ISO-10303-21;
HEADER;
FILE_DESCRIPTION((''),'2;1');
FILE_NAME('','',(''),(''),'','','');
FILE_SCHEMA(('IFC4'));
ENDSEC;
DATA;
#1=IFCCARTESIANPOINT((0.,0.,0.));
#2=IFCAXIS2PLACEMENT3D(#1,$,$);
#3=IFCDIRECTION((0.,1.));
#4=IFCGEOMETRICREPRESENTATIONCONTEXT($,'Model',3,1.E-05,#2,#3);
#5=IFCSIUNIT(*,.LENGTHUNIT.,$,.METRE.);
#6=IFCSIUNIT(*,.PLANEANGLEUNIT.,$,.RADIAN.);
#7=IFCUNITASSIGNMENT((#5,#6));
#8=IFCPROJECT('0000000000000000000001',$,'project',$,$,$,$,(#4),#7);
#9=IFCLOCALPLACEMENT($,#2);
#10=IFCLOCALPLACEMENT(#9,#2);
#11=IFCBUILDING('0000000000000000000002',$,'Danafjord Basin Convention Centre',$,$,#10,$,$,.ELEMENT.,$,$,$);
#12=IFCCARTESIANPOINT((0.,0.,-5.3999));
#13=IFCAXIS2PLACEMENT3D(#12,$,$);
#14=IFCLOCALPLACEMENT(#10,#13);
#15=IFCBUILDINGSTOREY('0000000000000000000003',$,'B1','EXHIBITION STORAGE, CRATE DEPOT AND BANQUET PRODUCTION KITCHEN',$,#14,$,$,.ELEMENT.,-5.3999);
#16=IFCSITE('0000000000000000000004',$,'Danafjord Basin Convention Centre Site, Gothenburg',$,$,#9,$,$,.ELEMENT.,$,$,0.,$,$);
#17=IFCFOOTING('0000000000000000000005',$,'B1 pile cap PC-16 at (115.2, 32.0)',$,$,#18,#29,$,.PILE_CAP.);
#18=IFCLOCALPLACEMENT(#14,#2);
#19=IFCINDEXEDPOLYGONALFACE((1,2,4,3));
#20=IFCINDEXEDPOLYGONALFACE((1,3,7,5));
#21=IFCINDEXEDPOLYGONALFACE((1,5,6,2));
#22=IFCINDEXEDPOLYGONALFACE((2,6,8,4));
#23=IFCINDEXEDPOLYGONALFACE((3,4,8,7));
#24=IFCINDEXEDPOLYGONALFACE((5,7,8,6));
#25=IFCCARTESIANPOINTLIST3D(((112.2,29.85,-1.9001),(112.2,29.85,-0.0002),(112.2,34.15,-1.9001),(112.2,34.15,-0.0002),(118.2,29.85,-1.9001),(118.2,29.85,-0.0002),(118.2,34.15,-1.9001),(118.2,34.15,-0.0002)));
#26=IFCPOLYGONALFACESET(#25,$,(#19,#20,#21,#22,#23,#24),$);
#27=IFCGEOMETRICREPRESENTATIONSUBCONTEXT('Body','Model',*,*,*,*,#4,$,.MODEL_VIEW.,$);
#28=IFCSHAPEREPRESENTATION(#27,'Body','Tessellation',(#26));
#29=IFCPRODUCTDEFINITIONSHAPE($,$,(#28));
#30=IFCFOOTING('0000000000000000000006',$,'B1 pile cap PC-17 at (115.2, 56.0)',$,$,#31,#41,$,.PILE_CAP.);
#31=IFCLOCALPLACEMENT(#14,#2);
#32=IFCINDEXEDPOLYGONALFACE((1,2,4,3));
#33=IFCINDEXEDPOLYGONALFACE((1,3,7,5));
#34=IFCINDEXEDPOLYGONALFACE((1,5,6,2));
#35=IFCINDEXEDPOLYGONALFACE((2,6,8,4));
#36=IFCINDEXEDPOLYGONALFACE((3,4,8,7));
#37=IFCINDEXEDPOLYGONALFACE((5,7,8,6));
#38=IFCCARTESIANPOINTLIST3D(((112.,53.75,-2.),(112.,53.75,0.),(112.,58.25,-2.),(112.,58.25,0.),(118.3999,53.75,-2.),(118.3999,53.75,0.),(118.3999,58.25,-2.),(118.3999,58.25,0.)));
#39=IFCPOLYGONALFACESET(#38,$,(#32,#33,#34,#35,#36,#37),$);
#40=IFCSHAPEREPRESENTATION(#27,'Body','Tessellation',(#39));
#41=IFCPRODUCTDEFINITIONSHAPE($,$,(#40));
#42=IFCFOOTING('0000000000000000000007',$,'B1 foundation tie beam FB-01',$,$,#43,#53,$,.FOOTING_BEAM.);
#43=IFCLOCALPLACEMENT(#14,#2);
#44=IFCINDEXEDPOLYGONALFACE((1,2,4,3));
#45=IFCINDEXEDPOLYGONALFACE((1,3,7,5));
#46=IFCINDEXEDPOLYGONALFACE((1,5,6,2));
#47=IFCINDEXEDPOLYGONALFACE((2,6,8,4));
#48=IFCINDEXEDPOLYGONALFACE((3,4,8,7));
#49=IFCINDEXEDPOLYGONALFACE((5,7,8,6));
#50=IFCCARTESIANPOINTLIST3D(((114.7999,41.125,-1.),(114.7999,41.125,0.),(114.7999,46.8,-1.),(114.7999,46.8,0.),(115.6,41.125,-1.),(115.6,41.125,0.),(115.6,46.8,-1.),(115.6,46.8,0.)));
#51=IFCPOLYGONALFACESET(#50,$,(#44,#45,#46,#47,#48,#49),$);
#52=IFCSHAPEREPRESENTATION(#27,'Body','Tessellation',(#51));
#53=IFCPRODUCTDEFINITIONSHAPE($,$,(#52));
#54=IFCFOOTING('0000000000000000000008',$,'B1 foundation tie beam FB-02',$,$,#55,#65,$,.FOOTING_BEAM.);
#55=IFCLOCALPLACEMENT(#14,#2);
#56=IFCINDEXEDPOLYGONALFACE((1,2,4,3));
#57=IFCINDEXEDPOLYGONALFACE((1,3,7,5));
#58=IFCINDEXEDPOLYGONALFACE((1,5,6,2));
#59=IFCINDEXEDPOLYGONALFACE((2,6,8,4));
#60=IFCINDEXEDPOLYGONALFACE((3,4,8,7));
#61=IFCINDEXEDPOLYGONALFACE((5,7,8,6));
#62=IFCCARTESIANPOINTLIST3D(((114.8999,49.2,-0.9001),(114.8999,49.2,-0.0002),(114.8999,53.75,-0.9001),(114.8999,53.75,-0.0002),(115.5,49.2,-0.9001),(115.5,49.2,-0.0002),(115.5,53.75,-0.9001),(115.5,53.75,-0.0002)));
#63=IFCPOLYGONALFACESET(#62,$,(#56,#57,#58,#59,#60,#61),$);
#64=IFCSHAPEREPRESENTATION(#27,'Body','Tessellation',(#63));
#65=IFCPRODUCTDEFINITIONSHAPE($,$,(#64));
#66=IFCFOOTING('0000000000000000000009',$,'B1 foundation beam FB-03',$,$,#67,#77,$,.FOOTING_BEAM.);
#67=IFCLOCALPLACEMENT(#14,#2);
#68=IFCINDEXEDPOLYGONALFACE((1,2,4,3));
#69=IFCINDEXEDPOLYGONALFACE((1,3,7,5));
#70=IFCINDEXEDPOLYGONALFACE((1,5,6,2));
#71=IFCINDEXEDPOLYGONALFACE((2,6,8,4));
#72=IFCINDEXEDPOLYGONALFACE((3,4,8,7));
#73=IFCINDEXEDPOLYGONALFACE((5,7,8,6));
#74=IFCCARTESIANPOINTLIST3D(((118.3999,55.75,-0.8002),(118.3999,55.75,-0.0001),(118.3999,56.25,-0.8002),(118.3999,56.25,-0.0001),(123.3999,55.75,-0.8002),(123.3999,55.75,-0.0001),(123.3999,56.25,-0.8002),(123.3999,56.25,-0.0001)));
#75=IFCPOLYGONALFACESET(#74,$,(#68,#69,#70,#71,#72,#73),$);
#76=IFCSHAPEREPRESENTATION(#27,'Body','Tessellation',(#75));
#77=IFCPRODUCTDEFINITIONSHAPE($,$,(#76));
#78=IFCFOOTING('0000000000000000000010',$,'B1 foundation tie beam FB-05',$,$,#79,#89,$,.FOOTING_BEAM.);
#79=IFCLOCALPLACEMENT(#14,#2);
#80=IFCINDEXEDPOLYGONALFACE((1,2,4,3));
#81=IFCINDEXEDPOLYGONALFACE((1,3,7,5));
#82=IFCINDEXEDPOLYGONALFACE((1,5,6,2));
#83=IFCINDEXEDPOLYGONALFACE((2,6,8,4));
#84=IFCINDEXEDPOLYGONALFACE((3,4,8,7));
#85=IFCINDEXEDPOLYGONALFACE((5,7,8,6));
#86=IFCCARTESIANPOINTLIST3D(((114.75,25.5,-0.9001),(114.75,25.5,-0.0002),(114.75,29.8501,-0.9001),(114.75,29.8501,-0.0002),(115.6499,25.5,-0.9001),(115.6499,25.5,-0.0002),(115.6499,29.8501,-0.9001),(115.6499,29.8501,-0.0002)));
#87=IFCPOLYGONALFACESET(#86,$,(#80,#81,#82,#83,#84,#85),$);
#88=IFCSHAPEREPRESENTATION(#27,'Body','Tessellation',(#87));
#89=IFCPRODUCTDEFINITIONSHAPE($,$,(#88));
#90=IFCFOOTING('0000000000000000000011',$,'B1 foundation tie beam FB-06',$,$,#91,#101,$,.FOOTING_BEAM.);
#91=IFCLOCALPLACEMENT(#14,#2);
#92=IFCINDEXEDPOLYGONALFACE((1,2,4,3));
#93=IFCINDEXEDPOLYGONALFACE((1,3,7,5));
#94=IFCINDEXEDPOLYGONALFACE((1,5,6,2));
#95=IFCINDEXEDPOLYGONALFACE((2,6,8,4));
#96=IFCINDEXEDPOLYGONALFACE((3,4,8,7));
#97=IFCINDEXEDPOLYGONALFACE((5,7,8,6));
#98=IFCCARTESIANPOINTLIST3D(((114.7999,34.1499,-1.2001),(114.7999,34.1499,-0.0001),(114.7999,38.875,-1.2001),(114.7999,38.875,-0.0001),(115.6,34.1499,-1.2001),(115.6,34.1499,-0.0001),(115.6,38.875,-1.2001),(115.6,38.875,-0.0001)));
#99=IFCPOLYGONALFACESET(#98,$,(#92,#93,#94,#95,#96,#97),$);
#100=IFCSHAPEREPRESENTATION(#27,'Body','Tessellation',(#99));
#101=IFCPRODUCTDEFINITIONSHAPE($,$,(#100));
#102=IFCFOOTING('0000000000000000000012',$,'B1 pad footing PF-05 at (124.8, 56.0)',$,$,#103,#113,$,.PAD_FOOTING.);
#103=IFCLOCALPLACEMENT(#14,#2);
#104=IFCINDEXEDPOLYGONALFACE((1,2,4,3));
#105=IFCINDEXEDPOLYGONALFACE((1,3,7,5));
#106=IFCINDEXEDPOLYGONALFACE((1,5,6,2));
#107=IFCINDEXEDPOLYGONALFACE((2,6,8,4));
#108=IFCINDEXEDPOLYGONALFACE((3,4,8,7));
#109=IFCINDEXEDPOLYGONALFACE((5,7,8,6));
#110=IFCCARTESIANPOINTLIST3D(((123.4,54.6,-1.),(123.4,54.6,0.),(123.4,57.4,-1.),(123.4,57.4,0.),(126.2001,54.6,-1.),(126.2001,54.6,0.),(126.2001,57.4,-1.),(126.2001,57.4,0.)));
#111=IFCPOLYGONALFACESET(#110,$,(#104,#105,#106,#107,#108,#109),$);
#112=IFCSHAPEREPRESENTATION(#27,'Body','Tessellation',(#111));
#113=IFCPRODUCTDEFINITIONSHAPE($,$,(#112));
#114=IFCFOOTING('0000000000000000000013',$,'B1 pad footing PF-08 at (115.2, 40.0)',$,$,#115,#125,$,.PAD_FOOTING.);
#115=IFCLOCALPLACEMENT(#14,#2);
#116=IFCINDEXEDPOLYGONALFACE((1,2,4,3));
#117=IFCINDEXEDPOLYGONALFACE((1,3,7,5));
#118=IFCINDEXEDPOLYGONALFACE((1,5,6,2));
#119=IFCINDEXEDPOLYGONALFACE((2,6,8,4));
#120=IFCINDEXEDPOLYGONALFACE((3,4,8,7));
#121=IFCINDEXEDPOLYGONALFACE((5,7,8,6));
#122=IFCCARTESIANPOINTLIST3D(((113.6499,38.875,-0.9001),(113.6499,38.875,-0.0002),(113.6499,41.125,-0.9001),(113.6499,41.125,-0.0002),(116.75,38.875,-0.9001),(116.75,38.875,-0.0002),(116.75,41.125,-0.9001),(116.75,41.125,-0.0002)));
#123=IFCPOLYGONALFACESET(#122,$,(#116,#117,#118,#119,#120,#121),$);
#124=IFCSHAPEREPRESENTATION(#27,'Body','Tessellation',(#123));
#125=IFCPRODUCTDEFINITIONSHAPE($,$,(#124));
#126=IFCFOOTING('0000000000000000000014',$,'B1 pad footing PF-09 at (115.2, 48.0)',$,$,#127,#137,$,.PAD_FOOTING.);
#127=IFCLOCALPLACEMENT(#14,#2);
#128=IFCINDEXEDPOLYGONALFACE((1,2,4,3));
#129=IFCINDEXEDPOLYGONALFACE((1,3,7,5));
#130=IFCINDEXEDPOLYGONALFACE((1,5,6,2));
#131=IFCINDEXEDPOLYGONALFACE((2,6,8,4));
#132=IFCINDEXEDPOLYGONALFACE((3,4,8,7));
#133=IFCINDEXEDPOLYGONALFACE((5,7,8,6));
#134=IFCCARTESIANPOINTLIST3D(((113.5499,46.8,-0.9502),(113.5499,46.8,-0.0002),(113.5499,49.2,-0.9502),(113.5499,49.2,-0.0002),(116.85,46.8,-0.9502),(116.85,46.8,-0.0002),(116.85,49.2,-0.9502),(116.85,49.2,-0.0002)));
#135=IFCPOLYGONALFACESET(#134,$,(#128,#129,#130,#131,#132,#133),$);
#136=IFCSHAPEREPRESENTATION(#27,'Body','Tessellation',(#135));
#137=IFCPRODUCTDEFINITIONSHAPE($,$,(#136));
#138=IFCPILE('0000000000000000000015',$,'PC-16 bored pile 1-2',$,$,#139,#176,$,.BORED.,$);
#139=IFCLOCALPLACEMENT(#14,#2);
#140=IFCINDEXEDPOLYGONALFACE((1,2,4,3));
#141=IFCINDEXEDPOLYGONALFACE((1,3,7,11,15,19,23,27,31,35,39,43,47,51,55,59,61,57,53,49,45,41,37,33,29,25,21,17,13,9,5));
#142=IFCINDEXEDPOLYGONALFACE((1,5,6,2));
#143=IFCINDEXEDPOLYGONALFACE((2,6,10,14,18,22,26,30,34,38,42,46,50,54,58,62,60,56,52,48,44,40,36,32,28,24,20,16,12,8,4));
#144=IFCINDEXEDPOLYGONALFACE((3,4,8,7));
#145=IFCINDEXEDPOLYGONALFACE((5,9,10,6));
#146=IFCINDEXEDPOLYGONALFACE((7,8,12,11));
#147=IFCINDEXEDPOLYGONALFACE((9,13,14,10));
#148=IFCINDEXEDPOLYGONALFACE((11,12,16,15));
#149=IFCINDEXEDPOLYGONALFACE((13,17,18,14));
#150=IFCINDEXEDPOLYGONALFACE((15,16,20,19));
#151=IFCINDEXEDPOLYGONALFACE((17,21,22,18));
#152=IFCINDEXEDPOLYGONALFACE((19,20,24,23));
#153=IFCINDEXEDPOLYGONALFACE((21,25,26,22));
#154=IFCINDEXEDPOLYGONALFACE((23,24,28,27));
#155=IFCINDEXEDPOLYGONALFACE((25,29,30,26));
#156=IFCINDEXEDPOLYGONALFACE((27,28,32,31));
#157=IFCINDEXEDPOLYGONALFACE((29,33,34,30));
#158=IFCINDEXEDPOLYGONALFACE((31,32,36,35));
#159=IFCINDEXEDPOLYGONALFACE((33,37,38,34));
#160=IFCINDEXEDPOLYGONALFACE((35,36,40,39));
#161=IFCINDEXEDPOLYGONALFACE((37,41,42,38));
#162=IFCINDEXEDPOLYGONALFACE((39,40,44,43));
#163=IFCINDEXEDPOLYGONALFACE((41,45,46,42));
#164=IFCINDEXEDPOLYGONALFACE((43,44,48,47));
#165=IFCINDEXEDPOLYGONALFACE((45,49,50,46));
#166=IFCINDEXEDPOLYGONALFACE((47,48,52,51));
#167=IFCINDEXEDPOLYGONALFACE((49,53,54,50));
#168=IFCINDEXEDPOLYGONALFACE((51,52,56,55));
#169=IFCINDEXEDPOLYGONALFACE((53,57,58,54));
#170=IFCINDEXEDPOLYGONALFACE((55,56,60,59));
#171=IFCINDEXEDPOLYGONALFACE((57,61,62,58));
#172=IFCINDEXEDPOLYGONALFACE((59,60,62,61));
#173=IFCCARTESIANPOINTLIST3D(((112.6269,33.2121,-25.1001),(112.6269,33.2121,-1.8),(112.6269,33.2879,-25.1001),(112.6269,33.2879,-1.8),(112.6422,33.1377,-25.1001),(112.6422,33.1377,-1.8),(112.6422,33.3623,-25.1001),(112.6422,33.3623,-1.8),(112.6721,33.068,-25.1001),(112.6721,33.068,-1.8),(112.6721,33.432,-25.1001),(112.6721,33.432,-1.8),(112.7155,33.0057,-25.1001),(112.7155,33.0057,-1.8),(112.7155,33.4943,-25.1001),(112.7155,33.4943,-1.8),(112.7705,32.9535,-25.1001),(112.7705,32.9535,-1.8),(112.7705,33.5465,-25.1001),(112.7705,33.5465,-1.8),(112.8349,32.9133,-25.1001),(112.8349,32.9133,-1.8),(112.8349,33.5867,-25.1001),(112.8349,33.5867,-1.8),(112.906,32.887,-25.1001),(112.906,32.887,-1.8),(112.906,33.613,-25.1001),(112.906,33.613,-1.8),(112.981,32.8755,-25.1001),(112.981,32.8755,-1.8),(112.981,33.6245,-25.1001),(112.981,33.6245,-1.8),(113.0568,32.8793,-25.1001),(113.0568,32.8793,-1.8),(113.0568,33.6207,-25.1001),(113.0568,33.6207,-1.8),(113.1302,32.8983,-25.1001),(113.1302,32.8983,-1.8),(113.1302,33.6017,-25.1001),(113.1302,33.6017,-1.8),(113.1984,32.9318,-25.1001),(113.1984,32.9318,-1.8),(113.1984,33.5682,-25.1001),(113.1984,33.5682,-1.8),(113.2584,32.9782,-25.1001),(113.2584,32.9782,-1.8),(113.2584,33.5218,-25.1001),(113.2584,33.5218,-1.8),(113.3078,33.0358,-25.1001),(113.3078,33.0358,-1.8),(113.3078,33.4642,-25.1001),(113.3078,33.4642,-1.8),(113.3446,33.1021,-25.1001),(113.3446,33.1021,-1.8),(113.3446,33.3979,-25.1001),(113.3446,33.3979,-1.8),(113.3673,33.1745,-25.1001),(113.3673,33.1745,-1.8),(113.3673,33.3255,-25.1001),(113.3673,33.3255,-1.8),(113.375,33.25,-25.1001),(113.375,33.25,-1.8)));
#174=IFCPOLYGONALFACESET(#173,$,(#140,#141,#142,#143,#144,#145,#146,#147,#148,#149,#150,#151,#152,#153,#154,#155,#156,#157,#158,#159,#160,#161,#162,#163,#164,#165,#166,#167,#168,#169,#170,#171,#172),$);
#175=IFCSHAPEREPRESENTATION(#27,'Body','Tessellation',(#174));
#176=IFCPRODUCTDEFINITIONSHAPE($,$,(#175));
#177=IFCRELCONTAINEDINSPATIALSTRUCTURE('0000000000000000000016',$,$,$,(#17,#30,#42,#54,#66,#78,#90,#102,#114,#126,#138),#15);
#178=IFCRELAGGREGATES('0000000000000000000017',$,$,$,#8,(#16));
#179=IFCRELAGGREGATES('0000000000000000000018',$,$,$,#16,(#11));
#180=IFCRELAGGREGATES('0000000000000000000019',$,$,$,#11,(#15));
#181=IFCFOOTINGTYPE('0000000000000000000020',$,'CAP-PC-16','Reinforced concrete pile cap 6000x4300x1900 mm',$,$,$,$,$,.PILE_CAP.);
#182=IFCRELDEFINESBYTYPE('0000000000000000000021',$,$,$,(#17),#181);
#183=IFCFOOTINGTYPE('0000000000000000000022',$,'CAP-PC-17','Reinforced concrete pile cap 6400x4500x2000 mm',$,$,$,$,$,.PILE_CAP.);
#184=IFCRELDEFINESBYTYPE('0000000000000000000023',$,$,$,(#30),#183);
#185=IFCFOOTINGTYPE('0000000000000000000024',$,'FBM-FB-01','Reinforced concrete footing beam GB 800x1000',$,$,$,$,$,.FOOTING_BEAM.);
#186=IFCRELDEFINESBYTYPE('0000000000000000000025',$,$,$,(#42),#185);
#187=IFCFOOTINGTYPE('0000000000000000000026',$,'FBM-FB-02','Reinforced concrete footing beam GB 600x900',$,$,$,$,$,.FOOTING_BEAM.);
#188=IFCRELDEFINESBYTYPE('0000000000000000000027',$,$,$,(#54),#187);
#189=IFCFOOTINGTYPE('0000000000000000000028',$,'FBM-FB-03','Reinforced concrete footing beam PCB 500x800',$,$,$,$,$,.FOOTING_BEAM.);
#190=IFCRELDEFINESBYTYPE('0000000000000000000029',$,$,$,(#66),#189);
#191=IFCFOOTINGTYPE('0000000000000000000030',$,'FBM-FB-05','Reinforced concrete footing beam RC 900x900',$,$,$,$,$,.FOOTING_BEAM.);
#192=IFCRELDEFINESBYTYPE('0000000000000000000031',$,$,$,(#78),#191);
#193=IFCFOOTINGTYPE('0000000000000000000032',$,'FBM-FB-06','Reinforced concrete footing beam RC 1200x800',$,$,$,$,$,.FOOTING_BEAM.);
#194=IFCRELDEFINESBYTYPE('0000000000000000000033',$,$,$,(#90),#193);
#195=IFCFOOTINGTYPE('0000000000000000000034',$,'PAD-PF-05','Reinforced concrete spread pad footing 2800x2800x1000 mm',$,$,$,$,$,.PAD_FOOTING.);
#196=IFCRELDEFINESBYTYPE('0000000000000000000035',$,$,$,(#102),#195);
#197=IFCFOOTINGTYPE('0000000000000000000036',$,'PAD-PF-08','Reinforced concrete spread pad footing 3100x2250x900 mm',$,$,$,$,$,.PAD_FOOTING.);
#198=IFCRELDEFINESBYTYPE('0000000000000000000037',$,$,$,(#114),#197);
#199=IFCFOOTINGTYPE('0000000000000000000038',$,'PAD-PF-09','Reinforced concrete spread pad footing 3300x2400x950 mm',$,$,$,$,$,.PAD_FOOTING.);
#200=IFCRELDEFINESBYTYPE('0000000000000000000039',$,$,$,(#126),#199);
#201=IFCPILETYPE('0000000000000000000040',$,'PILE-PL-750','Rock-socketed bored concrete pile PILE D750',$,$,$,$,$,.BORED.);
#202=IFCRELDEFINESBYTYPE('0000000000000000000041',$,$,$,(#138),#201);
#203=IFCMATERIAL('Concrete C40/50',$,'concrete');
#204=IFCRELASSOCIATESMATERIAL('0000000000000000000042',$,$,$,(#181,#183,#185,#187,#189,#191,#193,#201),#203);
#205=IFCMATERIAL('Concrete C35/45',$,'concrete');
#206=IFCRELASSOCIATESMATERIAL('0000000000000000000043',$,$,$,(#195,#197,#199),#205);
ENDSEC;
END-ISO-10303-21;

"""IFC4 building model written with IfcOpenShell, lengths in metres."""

from ifc_helpers import new_model, si_unit, direction, frame, origin, origin_2d, place, context, subcontext, project, spatial, rectangle, circle, extrude, material, material_profile, profile_set, type_object, element, save


model = new_model("IFC4")

# Units and contexts
model_context = context("Model", 3, precision=1e-05, world=origin(), true_north=direction((0.0, 1.0)))
body_context = subcontext(model_context, "Body", "Model", "MODEL_VIEW")
ifc_project = project(units=[si_unit("LENGTHUNIT", "METRE"), si_unit("PLANEANGLEUNIT", "RADIAN")], contexts=[model_context])

# Site, building, storey
site_placement = place(None, origin())
site = spatial("IfcSite", under=ifc_project, at=site_placement, Name="Danafjord Basin Convention Centre Site, Gothenburg", CompositionType="ELEMENT", RefElevation=0.0)
building_placement = place(site_placement, origin())
building = spatial("IfcBuilding", under=site, at=building_placement, Name="Danafjord Basin Convention Centre", CompositionType="ELEMENT")
storey_placement = place(building_placement, frame((0.0, 0.0, -5.3999)))
storey = spatial("IfcBuildingStorey", under=building, at=storey_placement, Name="B1", Description="EXHIBITION STORAGE, CRATE DEPOT AND BANQUET PRODUCTION KITCHEN", CompositionType="ELEMENT", Elevation=-5.3999)

# Footings
ifc_material_1 = material(Name="Concrete C40/50", Category="concrete")
footing_type_1 = type_object("IfcFootingType", Name="CAP-PC-16", Description="Reinforced concrete pile cap 6000x4300x1900 mm", PredefinedType="PILE_CAP", material=ifc_material_1)
footing_1_placement = place(storey_placement, frame((115.2, 32.0, -1.9001), z_axis=(0.0, 0.0, 1.0), x_axis=(1.0, 0.0, 0.0)))
element("IfcFooting", 1, at=footing_1_placement, inside=storey, type_object=footing_type_1, Name="B1 pile cap PC-16 at (115.2, 32.0)", PredefinedType="PILE_CAP", context=body_context, shape_type="SweptSolid", body=[
    extrude(rectangle(XDim=6.0, YDim=4.3, at=origin_2d()), origin(), (0.0, 0.0, 1.0), 1.8999),
])
footing_type_2 = type_object("IfcFootingType", Name="CAP-PC-17", Description="Reinforced concrete pile cap 6400x4500x2000 mm", PredefinedType="PILE_CAP", material=ifc_material_1)
footing_2_placement = place(storey_placement, frame((115.2, 56.0, -2.0), z_axis=(0.0, 0.0, 1.0), x_axis=(1.0, 0.0, 0.0)))
element("IfcFooting", 2, at=footing_2_placement, inside=storey, type_object=footing_type_2, Name="B1 pile cap PC-17 at (115.2, 56.0)", PredefinedType="PILE_CAP", context=body_context, shape_type="SweptSolid", body=[
    extrude(rectangle(XDim=6.3999, YDim=4.5, at=origin_2d()), origin(), (0.0, 0.0, 1.0), 2.0),
])
ifc_material_profile_1 = material_profile(ifc_material_1, rectangle(XDim=0.8, YDim=1.0, at=origin_2d()), Name="GB 800x1000")
ifc_profile_set_1 = profile_set([ifc_material_profile_1], Name="Concrete C40/50")
footing_type_3 = type_object("IfcFootingType", Name="FBM-FB-01", Description="Reinforced concrete footing beam GB 800x1000", PredefinedType="FOOTING_BEAM", material=ifc_profile_set_1)
footing_3_placement = place(storey_placement, frame((115.2, 41.125, -0.5), z_axis=(0.0, 1.0, 0.0), x_axis=(-1.0, 0.0, 0.0)))
element("IfcFooting", 3, at=footing_3_placement, inside=storey, type_object=footing_type_3, Name="B1 foundation tie beam FB-01", PredefinedType="FOOTING_BEAM", context=body_context, shape_type="SweptSolid", body=[
    extrude(rectangle(XDim=0.8, YDim=1.0, at=origin_2d()), origin(), (0.0, 0.0, 1.0), 5.675),
])
ifc_material_profile_2 = material_profile(ifc_material_1, rectangle(XDim=0.6001, YDim=0.8999, at=origin_2d()), Name="GB 600x900")
ifc_profile_set_2 = profile_set([ifc_material_profile_2], Name="Concrete C40/50")
footing_type_4 = type_object("IfcFootingType", Name="FBM-FB-02", Description="Reinforced concrete footing beam GB 600x900", PredefinedType="FOOTING_BEAM", material=ifc_profile_set_2)
footing_4_placement = place(storey_placement, frame((115.2, 49.2, -0.4502), z_axis=(0.0, 1.0, 0.0), x_axis=(-1.0, 0.0, 0.0)))
element("IfcFooting", 4, at=footing_4_placement, inside=storey, type_object=footing_type_4, Name="B1 foundation tie beam FB-02", PredefinedType="FOOTING_BEAM", context=body_context, shape_type="SweptSolid", body=[
    extrude(rectangle(XDim=0.6001, YDim=0.8999, at=origin_2d()), origin(), (0.0, 0.0, 1.0), 4.55),
])
ifc_material_profile_3 = material_profile(ifc_material_1, rectangle(XDim=0.5, YDim=0.8, at=origin_2d()), Name="PCB 500x800")
ifc_profile_set_3 = profile_set([ifc_material_profile_3], Name="Concrete C40/50")
footing_type_5 = type_object("IfcFootingType", Name="FBM-FB-03", Description="Reinforced concrete footing beam PCB 500x800", PredefinedType="FOOTING_BEAM", material=ifc_profile_set_3)
footing_5_placement = place(storey_placement, frame((118.3999, 56.0, -0.4001), z_axis=(1.0, 0.0, 0.0), x_axis=(0.0, 1.0, 0.0)))
element("IfcFooting", 5, at=footing_5_placement, inside=storey, type_object=footing_type_5, Name="B1 foundation beam FB-03", PredefinedType="FOOTING_BEAM", context=body_context, shape_type="SweptSolid", body=[
    extrude(rectangle(XDim=0.5, YDim=0.8, at=origin_2d()), origin(), (0.0, 0.0, 1.0), 5.0),
])
ifc_material_profile_4 = material_profile(ifc_material_1, rectangle(XDim=0.8999, YDim=0.8999, at=origin_2d()), Name="RC 900x900")
ifc_profile_set_4 = profile_set([ifc_material_profile_4], Name="Concrete C40/50")
footing_type_6 = type_object("IfcFootingType", Name="FBM-FB-05", Description="Reinforced concrete footing beam RC 900x900", PredefinedType="FOOTING_BEAM", material=ifc_profile_set_4)
footing_6_placement = place(storey_placement, frame((115.2, 25.5, -0.4502), z_axis=(0.0, 1.0, 0.0), x_axis=(-1.0, 0.0, 0.0)))
element("IfcFooting", 6, at=footing_6_placement, inside=storey, type_object=footing_type_6, Name="B1 foundation tie beam FB-05", PredefinedType="FOOTING_BEAM", context=body_context, shape_type="SweptSolid", body=[
    extrude(rectangle(XDim=0.8999, YDim=0.8999, at=origin_2d()), origin(), (0.0, 0.0, 1.0), 4.3501),
])
ifc_material_profile_5 = material_profile(ifc_material_1, rectangle(XDim=0.8, YDim=1.2, at=origin_2d()), Name="RC 1200x800")
ifc_profile_set_5 = profile_set([ifc_material_profile_5], Name="Concrete C40/50")
footing_type_7 = type_object("IfcFootingType", Name="FBM-FB-06", Description="Reinforced concrete footing beam RC 1200x800", PredefinedType="FOOTING_BEAM", material=ifc_profile_set_5)
footing_7_placement = place(storey_placement, frame((115.2, 34.1499, -0.6001), z_axis=(0.0, 1.0, 0.0), x_axis=(-1.0, 0.0, 0.0)))
element("IfcFooting", 7, at=footing_7_placement, inside=storey, type_object=footing_type_7, Name="B1 foundation tie beam FB-06", PredefinedType="FOOTING_BEAM", context=body_context, shape_type="SweptSolid", body=[
    extrude(rectangle(XDim=0.8, YDim=1.2, at=origin_2d()), origin(), (0.0, 0.0, 1.0), 4.7251),
])
ifc_material_2 = material(Name="Concrete C35/45", Category="concrete")
footing_type_8 = type_object("IfcFootingType", Name="PAD-PF-05", Description="Reinforced concrete spread pad footing 2800x2800x1000 mm", PredefinedType="PAD_FOOTING", material=ifc_material_2)
footing_8_placement = place(storey_placement, frame((124.8, 56.0, -1.0), z_axis=(0.0, 0.0, 1.0), x_axis=(1.0, 0.0, 0.0)))
element("IfcFooting", 8, at=footing_8_placement, inside=storey, type_object=footing_type_8, Name="B1 pad footing PF-05 at (124.8, 56.0)", PredefinedType="PAD_FOOTING", context=body_context, shape_type="SweptSolid", body=[
    extrude(rectangle(XDim=2.8, YDim=2.8, at=origin_2d()), origin(), (0.0, 0.0, 1.0), 1.0),
])
footing_type_9 = type_object("IfcFootingType", Name="PAD-PF-08", Description="Reinforced concrete spread pad footing 3100x2250x900 mm", PredefinedType="PAD_FOOTING", material=ifc_material_2)
footing_9_placement = place(storey_placement, frame((115.2, 40.0, -0.9001), z_axis=(0.0, 0.0, 1.0), x_axis=(1.0, 0.0, 0.0)))
element("IfcFooting", 9, at=footing_9_placement, inside=storey, type_object=footing_type_9, Name="B1 pad footing PF-08 at (115.2, 40.0)", PredefinedType="PAD_FOOTING", context=body_context, shape_type="SweptSolid", body=[
    extrude(rectangle(XDim=3.1001, YDim=2.25, at=origin_2d()), origin(), (0.0, 0.0, 1.0), 0.8999),
])
footing_type_10 = type_object("IfcFootingType", Name="PAD-PF-09", Description="Reinforced concrete spread pad footing 3300x2400x950 mm", PredefinedType="PAD_FOOTING", material=ifc_material_2)
footing_10_placement = place(storey_placement, frame((115.2, 48.0, -0.9502), z_axis=(0.0, 0.0, 1.0), x_axis=(1.0, 0.0, 0.0)))
element("IfcFooting", 10, at=footing_10_placement, inside=storey, type_object=footing_type_10, Name="B1 pad footing PF-09 at (115.2, 48.0)", PredefinedType="PAD_FOOTING", context=body_context, shape_type="SweptSolid", body=[
    extrude(rectangle(XDim=3.3, YDim=2.3999, at=origin_2d()), origin(), (0.0, 0.0, 1.0), 0.95),
])

# Pile
ifc_material_profile_6 = material_profile(ifc_material_1, circle(Radius=0.375, at=origin_2d()), Name="PILE D750")
ifc_profile_set_6 = profile_set([ifc_material_profile_6], Name="Concrete C40/50")
pile_type_1 = type_object("IfcPileType", Name="PILE-PL-750", Description="Rock-socketed bored concrete pile PILE D750", PredefinedType="BORED", material=ifc_profile_set_6)
for number, where, z_axis, x_axis, name in (
    (11, (113.0, 33.25, -1.8), (0.0, 0.0, -1.0), (1.0, 0.0, 0.0), "PC-16 bored pile 1-2"),
):
    element("IfcPile", number, at=place(storey_placement, frame(where, z_axis=z_axis, x_axis=x_axis)), inside=storey, type_object=pile_type_1, Name=name, PredefinedType="BORED", context=body_context, shape_type="SweptSolid", body=[
        extrude(circle(Radius=0.375, at=origin_2d()), origin(), (0.0, 0.0, 1.0), 23.3),
    ])

save(model, "model.ifc")
